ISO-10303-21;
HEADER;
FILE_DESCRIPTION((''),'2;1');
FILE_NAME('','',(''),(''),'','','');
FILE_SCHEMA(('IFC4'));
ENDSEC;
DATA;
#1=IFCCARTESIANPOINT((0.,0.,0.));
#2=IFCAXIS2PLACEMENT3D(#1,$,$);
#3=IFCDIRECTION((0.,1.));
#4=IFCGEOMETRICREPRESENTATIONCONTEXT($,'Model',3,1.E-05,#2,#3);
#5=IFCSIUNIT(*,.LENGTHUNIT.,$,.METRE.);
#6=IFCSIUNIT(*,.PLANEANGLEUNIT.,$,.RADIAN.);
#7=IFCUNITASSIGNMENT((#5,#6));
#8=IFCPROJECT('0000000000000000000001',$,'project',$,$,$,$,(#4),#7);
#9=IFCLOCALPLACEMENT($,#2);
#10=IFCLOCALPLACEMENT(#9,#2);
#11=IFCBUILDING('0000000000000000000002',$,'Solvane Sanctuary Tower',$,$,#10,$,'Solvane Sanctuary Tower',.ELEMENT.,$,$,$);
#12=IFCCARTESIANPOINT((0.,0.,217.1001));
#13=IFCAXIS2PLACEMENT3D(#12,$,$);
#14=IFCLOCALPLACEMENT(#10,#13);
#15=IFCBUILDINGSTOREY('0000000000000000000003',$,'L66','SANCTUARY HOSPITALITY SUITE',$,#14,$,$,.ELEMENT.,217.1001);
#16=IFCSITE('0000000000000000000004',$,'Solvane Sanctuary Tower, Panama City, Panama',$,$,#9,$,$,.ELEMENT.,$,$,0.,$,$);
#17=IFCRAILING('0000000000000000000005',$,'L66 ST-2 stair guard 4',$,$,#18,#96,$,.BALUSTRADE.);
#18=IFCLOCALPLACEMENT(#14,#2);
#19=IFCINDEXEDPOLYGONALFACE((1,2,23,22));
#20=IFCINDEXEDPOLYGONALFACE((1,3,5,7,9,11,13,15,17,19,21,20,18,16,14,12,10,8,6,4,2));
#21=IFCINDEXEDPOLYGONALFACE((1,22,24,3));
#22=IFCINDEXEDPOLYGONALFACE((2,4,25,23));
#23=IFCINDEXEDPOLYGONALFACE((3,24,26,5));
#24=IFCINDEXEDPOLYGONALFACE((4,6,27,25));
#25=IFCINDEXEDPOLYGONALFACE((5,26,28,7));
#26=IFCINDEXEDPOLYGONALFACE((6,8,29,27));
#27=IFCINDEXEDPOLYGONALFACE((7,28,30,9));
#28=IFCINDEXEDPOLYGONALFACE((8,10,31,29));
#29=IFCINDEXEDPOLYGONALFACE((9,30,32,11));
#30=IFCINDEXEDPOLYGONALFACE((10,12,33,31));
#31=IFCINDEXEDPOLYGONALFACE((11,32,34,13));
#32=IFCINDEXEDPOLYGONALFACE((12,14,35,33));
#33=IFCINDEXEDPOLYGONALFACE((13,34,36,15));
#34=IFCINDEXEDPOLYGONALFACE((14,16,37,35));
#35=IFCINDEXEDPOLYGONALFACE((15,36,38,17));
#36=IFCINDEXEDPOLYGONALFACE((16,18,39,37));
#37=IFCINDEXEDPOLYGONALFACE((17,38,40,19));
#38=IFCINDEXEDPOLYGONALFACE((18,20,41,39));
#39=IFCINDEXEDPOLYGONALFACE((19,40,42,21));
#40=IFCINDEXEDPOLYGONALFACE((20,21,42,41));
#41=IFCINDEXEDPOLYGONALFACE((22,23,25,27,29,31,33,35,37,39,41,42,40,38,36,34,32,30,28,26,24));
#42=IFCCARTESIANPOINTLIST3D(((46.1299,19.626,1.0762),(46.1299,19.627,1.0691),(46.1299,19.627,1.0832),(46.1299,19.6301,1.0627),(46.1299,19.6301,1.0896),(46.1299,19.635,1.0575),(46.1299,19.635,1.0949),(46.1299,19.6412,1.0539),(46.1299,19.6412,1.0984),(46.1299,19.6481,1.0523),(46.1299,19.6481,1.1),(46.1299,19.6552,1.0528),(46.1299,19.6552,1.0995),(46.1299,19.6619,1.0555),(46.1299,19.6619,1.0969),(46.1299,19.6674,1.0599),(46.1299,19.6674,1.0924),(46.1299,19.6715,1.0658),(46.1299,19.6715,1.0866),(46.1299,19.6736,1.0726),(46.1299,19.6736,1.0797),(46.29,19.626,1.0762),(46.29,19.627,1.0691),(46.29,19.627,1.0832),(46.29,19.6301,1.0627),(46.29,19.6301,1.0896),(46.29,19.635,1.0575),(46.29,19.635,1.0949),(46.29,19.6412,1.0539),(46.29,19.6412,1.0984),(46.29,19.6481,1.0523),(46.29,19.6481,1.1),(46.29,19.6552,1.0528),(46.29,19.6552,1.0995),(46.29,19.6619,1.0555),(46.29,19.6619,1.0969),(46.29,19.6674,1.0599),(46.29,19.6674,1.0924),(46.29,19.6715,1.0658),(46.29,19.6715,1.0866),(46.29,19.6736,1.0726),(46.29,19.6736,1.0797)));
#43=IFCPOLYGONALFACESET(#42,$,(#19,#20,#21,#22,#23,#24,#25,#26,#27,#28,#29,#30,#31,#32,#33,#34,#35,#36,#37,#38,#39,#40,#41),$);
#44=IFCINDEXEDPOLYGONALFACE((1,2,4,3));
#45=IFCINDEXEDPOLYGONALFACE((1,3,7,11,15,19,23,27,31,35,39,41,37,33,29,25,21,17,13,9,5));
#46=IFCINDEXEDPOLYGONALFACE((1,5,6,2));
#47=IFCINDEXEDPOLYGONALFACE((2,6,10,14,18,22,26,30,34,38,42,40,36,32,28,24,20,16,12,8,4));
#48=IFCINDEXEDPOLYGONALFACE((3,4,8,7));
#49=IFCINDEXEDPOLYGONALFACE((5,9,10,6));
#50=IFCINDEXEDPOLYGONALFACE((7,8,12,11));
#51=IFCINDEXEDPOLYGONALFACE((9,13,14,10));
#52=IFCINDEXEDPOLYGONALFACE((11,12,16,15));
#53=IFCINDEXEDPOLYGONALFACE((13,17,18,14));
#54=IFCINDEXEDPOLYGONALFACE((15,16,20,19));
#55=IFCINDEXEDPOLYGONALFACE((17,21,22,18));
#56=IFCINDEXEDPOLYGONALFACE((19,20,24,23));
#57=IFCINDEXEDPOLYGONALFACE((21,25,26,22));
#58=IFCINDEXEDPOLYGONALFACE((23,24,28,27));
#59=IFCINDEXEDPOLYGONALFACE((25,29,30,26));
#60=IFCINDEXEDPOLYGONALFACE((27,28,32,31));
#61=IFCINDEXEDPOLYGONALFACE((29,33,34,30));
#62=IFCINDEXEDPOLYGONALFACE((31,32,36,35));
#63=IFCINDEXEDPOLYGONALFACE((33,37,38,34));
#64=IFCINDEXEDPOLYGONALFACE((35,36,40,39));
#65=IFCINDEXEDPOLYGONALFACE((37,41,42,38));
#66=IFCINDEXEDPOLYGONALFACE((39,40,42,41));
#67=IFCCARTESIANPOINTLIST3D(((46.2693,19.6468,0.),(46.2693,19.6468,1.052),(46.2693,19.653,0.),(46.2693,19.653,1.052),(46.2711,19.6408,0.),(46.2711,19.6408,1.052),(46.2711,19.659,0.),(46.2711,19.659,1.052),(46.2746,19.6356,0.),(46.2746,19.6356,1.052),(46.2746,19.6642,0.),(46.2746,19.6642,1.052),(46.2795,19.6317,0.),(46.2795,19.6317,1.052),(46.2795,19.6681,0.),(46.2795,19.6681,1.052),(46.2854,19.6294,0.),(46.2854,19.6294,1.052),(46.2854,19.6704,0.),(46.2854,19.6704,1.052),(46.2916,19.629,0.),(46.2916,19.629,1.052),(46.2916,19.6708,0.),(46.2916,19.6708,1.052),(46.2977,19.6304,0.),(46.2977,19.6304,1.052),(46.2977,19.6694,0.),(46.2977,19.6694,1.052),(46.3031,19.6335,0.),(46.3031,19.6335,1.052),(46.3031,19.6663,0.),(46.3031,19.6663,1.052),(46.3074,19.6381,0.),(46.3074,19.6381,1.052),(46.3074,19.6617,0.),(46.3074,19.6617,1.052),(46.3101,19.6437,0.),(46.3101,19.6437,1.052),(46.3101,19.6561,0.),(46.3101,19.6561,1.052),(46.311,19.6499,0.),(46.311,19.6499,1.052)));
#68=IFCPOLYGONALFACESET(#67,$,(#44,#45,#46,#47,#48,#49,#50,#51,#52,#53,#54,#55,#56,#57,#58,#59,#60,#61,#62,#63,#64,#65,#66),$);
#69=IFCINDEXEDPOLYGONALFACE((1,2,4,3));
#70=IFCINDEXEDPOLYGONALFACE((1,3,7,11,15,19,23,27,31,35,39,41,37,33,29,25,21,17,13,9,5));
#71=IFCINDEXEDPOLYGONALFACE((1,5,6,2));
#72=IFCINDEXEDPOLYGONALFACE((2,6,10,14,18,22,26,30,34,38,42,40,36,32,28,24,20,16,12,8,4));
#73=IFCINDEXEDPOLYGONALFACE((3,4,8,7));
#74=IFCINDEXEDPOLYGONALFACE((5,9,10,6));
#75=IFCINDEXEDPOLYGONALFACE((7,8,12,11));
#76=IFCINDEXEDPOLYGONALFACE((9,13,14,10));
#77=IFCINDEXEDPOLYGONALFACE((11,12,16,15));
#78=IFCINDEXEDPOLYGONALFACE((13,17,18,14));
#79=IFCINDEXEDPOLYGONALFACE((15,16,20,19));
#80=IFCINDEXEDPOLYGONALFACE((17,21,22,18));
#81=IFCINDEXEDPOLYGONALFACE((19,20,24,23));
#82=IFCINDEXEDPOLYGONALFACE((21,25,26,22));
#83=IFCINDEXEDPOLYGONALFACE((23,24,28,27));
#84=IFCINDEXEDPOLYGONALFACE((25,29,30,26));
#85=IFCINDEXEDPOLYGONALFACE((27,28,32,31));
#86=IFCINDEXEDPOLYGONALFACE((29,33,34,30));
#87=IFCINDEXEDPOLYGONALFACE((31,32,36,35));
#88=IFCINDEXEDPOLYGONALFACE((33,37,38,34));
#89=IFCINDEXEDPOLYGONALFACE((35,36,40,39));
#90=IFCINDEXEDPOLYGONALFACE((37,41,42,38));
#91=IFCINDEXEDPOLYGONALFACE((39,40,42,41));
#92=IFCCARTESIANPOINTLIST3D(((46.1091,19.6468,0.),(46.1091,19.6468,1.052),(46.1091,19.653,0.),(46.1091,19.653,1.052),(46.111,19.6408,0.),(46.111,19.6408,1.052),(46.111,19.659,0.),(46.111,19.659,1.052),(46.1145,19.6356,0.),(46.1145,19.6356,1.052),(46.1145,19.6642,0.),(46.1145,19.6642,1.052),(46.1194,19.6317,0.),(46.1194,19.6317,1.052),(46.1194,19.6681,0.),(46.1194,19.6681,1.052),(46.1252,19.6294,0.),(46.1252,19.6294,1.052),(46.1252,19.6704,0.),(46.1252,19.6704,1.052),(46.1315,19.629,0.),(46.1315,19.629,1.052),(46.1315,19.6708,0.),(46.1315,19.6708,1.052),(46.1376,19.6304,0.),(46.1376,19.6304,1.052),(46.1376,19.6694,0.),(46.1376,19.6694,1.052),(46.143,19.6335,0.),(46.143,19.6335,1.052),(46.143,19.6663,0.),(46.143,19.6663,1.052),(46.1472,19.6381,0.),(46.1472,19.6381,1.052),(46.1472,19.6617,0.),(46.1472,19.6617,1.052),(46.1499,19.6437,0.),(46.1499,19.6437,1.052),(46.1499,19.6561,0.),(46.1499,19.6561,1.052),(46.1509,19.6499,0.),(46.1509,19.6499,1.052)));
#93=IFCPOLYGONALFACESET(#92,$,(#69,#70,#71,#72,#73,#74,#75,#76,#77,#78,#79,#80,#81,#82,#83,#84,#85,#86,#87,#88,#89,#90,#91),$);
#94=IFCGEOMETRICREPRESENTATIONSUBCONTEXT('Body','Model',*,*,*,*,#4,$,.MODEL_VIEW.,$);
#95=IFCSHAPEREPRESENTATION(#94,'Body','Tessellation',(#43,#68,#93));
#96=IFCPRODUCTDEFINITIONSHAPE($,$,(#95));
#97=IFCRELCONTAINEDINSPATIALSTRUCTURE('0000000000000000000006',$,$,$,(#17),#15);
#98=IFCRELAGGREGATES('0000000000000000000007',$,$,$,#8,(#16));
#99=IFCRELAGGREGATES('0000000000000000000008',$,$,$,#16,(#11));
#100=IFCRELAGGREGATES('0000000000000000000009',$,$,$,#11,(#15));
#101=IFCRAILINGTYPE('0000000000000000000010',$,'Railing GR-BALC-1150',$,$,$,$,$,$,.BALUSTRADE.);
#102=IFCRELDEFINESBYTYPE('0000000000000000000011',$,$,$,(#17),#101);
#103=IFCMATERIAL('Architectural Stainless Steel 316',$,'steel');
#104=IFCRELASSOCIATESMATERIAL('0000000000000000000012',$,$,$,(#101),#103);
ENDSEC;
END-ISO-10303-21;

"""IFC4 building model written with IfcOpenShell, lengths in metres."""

from ifc_helpers import new_model, si_unit, direction, frame, origin, origin_2d, place, context, subcontext, project, spatial, circle, extrude, material, type_object, element, save


model = new_model("IFC4")

# Units and contexts
model_context = context("Model", 3, precision=1e-05, world=origin(), true_north=direction((0.0, 1.0)))
body_context = subcontext(model_context, "Body", "Model", "MODEL_VIEW")
ifc_project = project(units=[si_unit("LENGTHUNIT", "METRE"), si_unit("PLANEANGLEUNIT", "RADIAN")], contexts=[model_context])

# Site, building, storey
site_placement = place(None, origin())
site = spatial("IfcSite", under=ifc_project, at=site_placement, Name="Solvane Sanctuary Tower, Panama City, Panama", CompositionType="ELEMENT", RefElevation=0.0)
building_placement = place(site_placement, origin())
building = spatial("IfcBuilding", under=site, at=building_placement, Name="Solvane Sanctuary Tower", LongName="Solvane Sanctuary Tower", CompositionType="ELEMENT")
storey_placement = place(building_placement, frame((0.0, 0.0, 217.1001)))
storey = spatial("IfcBuildingStorey", under=building, at=storey_placement, Name="L66", Description="SANCTUARY HOSPITALITY SUITE", CompositionType="ELEMENT", Elevation=217.1001)

# Shared definitions
ifc_material_1 = material(Name="Architectural Stainless Steel 316", Category="steel")

# Railing
railing_type_1 = type_object("IfcRailingType", Name="Railing GR-BALC-1150", PredefinedType="BALUSTRADE", material=ifc_material_1)
railing_1_placement = place(storey_placement, frame((46.29, 19.6499, 0.0)))
element("IfcRailing", 1, at=railing_1_placement, inside=storey, type_object=railing_type_1, Name="L66 ST-2 stair guard 4", PredefinedType="BALUSTRADE", context=body_context, shape_type="SweptSolid", body=[
    extrude(circle(Radius=0.0239, at=origin_2d()), frame((0.0, 0.0, 1.0762), z_axis=(-1.0, 0.0, 0.0), x_axis=(0.0, -1.0, 0.0)), (0.0, 0.0, 1.0), 0.1602),
    extrude(circle(Radius=0.021, at=origin_2d()), origin(), (0.0, 0.0, 1.0), 1.052),
    extrude(circle(Radius=0.021, at=origin_2d()), frame((-0.1602, 0.0, 0.0)), (0.0, 0.0, 1.0), 1.052),
])

save(model, "model.ifc")
